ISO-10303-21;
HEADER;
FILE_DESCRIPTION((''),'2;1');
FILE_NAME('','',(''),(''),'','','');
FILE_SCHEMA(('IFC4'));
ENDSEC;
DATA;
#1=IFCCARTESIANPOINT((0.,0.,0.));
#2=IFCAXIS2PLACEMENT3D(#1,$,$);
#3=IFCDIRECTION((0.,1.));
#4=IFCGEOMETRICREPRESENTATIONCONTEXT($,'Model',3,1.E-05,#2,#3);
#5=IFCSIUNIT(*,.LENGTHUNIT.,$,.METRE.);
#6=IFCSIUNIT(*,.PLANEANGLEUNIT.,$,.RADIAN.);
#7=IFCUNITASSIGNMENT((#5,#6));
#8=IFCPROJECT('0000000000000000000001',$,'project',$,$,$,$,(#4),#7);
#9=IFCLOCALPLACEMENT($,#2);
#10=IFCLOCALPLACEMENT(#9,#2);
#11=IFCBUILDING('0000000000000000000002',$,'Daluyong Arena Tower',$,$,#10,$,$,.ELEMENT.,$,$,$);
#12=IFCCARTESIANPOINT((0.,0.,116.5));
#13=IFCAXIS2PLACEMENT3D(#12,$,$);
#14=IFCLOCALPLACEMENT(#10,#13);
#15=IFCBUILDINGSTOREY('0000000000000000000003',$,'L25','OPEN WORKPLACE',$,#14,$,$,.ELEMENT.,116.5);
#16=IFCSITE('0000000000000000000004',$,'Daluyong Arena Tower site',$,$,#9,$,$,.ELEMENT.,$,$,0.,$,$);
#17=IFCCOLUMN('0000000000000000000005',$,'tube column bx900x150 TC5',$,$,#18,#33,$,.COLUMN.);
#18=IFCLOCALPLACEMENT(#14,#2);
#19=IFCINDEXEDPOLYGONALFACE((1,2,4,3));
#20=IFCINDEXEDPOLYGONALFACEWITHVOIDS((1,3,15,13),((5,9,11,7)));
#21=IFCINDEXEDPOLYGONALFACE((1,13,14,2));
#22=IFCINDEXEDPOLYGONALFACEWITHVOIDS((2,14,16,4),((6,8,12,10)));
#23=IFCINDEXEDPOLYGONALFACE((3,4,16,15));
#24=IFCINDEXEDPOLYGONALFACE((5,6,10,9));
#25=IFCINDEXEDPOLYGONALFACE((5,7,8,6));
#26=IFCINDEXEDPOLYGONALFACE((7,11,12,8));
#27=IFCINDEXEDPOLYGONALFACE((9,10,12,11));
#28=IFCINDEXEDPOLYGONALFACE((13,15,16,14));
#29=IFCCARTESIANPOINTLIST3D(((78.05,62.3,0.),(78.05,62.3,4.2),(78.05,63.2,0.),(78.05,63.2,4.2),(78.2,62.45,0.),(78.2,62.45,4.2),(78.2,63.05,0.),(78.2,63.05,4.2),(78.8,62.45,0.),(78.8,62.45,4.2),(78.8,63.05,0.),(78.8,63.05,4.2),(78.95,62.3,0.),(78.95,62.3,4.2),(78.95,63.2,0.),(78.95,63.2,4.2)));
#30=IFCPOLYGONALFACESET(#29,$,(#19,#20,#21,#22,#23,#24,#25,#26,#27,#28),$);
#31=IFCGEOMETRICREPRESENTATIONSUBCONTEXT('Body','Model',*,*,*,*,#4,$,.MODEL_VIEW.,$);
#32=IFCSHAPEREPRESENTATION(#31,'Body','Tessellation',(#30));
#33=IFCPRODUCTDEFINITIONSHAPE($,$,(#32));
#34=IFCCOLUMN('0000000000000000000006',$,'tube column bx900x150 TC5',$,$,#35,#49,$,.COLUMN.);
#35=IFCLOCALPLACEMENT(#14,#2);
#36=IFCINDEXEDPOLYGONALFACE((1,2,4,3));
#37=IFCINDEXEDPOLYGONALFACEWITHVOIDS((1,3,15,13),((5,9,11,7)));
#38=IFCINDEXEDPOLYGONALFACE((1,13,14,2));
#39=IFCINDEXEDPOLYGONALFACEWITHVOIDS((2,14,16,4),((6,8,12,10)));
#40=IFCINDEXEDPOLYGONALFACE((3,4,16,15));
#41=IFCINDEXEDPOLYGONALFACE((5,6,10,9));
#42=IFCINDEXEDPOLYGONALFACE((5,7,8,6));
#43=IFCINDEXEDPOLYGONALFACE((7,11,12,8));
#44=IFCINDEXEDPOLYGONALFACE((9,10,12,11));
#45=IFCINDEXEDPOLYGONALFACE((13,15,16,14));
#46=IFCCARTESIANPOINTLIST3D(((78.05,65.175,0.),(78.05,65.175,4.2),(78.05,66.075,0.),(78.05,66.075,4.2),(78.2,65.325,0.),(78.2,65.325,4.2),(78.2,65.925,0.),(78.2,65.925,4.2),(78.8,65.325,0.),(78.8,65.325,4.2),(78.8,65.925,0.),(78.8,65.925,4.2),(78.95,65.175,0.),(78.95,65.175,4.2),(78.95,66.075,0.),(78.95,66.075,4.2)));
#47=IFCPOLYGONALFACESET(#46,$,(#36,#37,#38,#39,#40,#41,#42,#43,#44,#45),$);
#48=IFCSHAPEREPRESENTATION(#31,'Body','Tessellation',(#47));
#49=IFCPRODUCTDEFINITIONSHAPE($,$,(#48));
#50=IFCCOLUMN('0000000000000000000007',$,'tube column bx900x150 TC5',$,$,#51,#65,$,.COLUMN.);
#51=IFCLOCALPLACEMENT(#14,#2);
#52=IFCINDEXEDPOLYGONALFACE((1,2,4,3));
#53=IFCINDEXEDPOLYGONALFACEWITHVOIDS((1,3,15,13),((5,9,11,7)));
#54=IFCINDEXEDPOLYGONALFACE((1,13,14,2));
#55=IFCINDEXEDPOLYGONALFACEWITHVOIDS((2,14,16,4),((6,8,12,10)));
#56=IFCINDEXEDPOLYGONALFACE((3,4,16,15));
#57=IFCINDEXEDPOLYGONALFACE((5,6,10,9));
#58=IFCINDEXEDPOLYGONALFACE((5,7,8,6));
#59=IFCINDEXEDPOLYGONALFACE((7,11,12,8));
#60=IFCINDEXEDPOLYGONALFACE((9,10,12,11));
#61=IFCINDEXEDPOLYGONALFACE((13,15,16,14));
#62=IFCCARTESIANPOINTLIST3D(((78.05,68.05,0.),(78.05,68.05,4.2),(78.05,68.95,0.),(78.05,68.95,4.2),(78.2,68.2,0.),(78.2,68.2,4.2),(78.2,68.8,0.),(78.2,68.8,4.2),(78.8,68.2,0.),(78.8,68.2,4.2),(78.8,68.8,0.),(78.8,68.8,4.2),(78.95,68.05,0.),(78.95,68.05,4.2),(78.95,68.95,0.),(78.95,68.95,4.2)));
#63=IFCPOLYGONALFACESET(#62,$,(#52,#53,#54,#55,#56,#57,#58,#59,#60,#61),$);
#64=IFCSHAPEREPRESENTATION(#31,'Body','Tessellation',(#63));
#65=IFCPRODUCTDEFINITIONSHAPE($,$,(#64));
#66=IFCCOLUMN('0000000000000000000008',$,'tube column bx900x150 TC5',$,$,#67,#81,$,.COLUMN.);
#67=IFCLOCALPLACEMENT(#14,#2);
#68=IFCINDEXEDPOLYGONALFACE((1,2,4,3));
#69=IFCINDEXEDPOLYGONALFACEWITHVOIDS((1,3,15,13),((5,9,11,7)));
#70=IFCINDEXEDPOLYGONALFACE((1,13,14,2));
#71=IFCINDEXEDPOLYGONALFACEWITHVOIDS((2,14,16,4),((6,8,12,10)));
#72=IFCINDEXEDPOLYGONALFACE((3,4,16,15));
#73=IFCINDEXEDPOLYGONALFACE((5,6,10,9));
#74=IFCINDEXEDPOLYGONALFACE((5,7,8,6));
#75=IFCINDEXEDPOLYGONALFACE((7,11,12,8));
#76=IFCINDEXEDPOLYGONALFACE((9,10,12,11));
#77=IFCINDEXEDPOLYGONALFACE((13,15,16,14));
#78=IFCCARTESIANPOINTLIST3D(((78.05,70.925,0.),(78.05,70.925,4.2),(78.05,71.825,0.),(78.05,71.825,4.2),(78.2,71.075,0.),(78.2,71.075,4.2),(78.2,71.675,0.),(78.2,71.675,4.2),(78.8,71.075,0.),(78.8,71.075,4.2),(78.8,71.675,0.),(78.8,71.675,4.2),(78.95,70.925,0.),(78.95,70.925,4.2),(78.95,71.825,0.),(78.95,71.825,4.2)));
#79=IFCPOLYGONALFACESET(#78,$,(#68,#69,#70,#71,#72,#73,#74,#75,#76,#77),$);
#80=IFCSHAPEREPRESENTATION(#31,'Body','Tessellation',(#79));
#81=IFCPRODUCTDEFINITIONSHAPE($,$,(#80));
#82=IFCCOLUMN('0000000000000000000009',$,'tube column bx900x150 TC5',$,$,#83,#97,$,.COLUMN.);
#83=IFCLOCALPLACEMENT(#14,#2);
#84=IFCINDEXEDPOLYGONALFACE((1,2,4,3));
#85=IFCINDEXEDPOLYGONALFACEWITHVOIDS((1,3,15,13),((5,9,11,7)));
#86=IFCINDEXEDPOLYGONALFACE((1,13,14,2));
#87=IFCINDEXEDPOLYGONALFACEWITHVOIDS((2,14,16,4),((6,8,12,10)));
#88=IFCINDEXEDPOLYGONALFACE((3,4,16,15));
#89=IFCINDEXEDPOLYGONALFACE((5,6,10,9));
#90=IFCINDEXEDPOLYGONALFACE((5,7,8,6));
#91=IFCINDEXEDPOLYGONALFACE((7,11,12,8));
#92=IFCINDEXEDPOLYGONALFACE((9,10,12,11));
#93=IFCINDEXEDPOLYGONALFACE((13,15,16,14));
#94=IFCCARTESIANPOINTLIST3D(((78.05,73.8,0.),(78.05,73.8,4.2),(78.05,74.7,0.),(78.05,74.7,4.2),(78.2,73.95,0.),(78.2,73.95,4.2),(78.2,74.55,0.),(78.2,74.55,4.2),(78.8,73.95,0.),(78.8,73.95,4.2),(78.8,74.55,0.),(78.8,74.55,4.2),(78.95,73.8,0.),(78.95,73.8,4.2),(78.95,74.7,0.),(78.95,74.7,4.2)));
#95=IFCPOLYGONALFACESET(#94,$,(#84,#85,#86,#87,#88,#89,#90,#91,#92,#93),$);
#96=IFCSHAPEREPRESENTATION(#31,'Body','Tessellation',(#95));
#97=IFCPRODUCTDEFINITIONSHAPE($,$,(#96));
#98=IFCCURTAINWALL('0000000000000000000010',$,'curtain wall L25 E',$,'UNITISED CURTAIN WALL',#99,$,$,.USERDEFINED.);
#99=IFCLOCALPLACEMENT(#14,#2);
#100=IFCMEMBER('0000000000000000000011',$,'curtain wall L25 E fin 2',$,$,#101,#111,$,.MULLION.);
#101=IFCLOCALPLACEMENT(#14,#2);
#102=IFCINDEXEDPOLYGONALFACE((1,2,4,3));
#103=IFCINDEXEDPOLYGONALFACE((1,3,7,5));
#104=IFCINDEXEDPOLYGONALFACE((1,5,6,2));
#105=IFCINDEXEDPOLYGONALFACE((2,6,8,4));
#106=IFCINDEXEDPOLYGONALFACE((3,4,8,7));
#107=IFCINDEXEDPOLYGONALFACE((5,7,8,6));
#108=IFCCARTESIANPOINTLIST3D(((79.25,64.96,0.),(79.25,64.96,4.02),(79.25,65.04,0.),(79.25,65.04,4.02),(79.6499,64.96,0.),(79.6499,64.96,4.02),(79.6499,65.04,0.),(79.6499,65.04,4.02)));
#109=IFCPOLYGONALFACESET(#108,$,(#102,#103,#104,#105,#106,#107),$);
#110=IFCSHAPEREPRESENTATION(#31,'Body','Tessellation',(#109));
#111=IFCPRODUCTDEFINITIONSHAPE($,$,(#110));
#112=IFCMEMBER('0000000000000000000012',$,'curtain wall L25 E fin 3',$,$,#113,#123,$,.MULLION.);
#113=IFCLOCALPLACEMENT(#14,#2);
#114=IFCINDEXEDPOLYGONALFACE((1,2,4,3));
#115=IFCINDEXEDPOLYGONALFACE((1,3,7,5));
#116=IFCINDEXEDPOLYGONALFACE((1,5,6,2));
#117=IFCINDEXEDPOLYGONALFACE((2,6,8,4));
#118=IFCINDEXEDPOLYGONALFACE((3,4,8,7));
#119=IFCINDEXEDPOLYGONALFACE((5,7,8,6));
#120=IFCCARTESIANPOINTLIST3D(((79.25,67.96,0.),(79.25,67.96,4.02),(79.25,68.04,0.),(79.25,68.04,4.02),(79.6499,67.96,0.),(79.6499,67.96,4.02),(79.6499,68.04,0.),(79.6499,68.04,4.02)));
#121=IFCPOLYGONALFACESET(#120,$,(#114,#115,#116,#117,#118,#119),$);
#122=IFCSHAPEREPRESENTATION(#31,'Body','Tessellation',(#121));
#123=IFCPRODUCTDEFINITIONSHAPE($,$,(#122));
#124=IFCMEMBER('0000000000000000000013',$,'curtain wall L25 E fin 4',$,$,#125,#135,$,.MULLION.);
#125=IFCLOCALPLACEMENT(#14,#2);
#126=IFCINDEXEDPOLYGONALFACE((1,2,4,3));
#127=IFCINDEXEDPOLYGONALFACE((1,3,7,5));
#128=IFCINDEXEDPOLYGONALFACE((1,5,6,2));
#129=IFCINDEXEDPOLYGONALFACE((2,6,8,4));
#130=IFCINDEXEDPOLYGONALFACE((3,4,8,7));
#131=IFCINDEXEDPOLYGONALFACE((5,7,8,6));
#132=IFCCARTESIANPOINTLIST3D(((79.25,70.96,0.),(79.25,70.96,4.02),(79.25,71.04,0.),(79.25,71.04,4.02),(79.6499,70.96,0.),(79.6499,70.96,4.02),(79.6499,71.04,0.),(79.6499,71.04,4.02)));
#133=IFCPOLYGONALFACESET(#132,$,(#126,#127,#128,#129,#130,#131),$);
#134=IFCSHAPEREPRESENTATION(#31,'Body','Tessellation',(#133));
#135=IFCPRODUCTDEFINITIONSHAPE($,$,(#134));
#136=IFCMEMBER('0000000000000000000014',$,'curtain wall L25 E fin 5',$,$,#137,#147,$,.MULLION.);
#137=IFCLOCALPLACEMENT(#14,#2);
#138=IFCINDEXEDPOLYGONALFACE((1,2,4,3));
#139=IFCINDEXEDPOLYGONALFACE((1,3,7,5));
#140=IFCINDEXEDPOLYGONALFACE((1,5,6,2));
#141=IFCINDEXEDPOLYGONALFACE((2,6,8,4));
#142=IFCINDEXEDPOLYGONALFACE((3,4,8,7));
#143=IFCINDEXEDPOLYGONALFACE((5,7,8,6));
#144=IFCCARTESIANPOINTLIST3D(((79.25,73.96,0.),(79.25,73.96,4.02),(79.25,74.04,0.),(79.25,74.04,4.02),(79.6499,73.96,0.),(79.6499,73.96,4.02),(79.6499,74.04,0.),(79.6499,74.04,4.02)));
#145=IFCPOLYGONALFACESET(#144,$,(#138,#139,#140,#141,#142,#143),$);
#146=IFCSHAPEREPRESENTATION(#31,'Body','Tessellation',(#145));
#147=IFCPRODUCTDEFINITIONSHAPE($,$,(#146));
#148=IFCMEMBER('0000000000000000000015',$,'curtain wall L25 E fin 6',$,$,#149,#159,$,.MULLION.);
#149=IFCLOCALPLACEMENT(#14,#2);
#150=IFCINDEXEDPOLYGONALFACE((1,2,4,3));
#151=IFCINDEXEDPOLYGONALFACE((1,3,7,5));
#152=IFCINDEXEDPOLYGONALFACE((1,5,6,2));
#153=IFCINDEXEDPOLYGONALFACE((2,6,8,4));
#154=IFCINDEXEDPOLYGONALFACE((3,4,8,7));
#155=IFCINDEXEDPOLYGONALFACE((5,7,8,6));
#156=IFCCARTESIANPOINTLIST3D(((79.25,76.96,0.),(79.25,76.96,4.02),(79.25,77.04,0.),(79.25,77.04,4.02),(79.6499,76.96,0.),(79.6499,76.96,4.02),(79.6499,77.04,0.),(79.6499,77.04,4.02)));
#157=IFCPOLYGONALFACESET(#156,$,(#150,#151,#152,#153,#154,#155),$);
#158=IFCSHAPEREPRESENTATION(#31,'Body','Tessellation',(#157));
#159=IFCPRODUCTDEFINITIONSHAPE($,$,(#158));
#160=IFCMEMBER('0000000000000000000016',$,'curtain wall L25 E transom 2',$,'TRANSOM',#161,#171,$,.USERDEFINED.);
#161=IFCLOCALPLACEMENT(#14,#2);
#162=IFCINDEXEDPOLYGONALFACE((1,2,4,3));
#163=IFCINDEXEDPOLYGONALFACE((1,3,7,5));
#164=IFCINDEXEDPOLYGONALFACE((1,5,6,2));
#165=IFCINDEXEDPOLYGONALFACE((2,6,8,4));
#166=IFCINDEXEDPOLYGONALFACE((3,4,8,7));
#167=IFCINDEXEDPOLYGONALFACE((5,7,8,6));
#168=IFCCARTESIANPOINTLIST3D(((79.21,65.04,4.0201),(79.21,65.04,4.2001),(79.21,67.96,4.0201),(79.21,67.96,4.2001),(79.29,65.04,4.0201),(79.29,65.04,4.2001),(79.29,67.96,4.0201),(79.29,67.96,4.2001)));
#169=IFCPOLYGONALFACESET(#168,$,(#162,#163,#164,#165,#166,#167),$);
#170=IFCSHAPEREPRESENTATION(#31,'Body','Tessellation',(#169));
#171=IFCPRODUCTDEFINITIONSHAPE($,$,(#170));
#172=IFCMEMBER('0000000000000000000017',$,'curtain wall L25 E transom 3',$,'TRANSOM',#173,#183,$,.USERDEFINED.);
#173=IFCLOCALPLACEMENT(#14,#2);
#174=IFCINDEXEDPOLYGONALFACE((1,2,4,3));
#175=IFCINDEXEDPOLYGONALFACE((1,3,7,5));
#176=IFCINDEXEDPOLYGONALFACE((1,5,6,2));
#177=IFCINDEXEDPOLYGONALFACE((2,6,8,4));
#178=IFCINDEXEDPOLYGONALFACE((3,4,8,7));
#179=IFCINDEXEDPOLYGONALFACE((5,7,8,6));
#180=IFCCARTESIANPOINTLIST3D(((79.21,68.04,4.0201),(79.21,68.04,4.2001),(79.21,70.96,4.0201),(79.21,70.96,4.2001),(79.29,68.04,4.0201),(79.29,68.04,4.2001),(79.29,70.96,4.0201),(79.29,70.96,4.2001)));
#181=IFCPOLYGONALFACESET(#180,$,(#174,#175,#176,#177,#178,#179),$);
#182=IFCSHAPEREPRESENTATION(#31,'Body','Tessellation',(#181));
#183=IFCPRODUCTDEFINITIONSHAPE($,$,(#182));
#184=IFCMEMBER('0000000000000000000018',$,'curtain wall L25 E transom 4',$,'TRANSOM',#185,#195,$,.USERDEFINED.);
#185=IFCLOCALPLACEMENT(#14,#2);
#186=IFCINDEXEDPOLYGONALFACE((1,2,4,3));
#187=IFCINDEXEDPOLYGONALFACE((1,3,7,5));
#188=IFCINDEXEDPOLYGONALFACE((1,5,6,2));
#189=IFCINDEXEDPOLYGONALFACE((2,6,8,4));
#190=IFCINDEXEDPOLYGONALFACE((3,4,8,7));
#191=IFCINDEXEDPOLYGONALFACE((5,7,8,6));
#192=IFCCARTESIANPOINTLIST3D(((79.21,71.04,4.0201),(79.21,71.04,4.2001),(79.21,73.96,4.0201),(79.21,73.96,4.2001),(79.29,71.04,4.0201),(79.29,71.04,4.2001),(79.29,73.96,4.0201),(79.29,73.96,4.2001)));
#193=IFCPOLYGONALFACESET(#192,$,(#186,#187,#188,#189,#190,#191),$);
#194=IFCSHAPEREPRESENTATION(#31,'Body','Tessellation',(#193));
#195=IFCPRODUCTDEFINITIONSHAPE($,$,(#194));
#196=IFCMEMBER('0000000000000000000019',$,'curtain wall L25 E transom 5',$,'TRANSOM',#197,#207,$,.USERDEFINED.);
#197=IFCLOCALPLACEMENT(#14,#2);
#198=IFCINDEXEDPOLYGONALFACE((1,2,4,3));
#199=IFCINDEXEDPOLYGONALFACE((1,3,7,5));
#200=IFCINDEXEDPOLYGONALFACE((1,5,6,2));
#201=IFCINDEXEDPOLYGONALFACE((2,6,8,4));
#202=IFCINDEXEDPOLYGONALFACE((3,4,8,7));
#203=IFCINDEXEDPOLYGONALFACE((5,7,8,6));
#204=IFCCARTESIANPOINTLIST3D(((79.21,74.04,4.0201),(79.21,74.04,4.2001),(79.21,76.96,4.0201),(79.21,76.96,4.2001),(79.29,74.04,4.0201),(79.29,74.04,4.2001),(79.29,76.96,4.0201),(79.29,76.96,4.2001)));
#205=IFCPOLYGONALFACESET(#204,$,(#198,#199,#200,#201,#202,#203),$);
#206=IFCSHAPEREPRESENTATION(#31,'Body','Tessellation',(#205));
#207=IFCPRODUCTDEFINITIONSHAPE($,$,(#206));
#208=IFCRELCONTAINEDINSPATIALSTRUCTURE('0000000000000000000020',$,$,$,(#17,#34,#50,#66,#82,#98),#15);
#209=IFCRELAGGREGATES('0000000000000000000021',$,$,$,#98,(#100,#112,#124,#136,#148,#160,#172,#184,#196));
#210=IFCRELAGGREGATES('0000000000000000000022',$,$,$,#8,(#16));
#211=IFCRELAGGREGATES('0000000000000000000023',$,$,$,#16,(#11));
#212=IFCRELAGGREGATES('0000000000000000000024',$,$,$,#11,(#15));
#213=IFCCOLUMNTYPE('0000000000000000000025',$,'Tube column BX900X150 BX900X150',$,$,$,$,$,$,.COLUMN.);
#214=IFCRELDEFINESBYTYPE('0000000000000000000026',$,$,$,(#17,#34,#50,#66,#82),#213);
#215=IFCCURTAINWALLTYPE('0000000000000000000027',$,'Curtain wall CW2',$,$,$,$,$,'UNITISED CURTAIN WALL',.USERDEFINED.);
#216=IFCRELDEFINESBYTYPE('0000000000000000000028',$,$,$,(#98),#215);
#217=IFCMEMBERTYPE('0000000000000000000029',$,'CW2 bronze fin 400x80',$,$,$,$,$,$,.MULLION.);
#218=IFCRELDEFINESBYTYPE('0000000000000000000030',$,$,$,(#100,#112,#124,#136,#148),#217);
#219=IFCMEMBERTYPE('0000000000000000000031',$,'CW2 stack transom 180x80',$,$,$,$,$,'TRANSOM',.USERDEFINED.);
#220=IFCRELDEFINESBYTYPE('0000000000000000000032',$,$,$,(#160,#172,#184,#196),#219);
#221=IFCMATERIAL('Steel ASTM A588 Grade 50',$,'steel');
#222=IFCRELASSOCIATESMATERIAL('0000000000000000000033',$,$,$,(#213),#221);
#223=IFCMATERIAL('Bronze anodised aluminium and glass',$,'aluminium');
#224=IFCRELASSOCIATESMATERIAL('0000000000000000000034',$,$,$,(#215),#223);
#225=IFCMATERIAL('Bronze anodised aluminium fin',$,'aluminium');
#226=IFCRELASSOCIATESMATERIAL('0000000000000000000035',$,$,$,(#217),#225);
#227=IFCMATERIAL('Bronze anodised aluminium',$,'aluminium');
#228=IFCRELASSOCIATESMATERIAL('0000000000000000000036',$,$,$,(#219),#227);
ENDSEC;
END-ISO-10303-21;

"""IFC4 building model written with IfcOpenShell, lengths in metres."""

from ifc_helpers import new_model, si_unit, direction, frame, origin, origin_2d, place, context, subcontext, project, spatial, rectangle, hollow_rectangle, extrude, material, material_profile, profile_set, type_object, element, aggregate, save


model = new_model("IFC4")

# Units and contexts
model_context = context("Model", 3, precision=1e-05, world=origin(), true_north=direction((0.0, 1.0)))
body_context = subcontext(model_context, "Body", "Model", "MODEL_VIEW")
ifc_project = project(units=[si_unit("LENGTHUNIT", "METRE"), si_unit("PLANEANGLEUNIT", "RADIAN")], contexts=[model_context])

# Site, building, storey
site_placement = place(None, origin())
site = spatial("IfcSite", under=ifc_project, at=site_placement, Name="Daluyong Arena Tower site", CompositionType="ELEMENT", RefElevation=0.0)
building_placement = place(site_placement, origin())
building = spatial("IfcBuilding", under=site, at=building_placement, Name="Daluyong Arena Tower", CompositionType="ELEMENT")
storey_placement = place(building_placement, frame((0.0, 0.0, 116.5)))
storey = spatial("IfcBuildingStorey", under=building, at=storey_placement, Name="L25", Description="OPEN WORKPLACE", CompositionType="ELEMENT", Elevation=116.5)

# Columns
ifc_material_1 = material(Name="Steel ASTM A588 Grade 50", Category="steel")
ifc_material_profile_1 = material_profile(ifc_material_1, hollow_rectangle(XDim=0.8999, YDim=0.8999, WallThickness=0.15, at=origin_2d()))
ifc_profile_set_1 = profile_set([ifc_material_profile_1], Name="Steel ASTM A588 Grade 50")
column_type = type_object("IfcColumnType", Name="Tube column BX900X150 BX900X150", PredefinedType="COLUMN", material=ifc_profile_set_1)
for number, where, z_axis, x_axis, name in (
    (1, (78.5, 62.75, 0.0), (0.0, 0.0, 1.0), (0.0, 1.0, 0.0), "tube column bx900x150 TC5"),
    (2, (78.5, 65.625, 0.0), (0.0, 0.0, 1.0), (0.0, 1.0, 0.0), "tube column bx900x150 TC5"),
    (3, (78.5, 68.5, 0.0), (0.0, 0.0, 1.0), (0.0, 1.0, 0.0), "tube column bx900x150 TC5"),
    (4, (78.5, 71.375, 0.0), (0.0, 0.0, 1.0), (0.0, 1.0, 0.0), "tube column bx900x150 TC5"),
    (5, (78.5, 74.25, 0.0), (0.0, 0.0, 1.0), (0.0, 1.0, 0.0), "tube column bx900x150 TC5"),
):
    element("IfcColumn", number, at=place(storey_placement, frame(where, z_axis=z_axis, x_axis=x_axis)), inside=storey, type_object=column_type, Name=name, PredefinedType="COLUMN", context=body_context, shape_type="SweptSolid", body=[
        extrude(hollow_rectangle(XDim=0.8999, YDim=0.8999, WallThickness=0.15, at=origin_2d()), origin(), (0.0, 0.0, 1.0), 4.2),
    ])

# Curtain wall, members
ifc_material_2 = material(Name="Bronze anodised aluminium and glass", Category="aluminium")
curtain_wall_type = type_object("IfcCurtainWallType", Name="Curtain wall CW2", ElementType="UNITISED CURTAIN WALL", PredefinedType="USERDEFINED", material=ifc_material_2)
curtain_wall_placement = place(storey_placement, origin())
curtain_wall = element("IfcCurtainWall", 6, at=curtain_wall_placement, inside=storey, type_object=curtain_wall_type, Name="curtain wall L25 E", ObjectType="UNITISED CURTAIN WALL", PredefinedType="USERDEFINED")
ifc_material_3 = material(Name="Bronze anodised aluminium fin", Category="aluminium")
ifc_material_profile_2 = material_profile(ifc_material_3, rectangle(XDim=0.3999, YDim=0.0801, at=origin_2d()))
ifc_profile_set_2 = profile_set([ifc_material_profile_2], Name="Bronze anodised aluminium fin")
member_type_1 = type_object("IfcMemberType", Name="CW2 bronze fin 400x80", PredefinedType="MULLION", material=ifc_profile_set_2)
member_1_placement = place(storey_placement, frame((79.45, 65.0, 0.0), z_axis=(0.0, 0.0, 1.0), x_axis=(-1.0, 0.0, 0.0)))
member_1 = element("IfcMember", 7, at=member_1_placement, type_object=member_type_1, Name="curtain wall L25 E fin 2", PredefinedType="MULLION", context=body_context, shape_type="SweptSolid", body=[
    extrude(rectangle(XDim=0.3999, YDim=0.0801, at=origin_2d()), origin(), (0.0, 0.0, 1.0), 4.02),
])
member_2_placement = place(storey_placement, frame((79.45, 68.0, 0.0), z_axis=(0.0, 0.0, 1.0), x_axis=(-1.0, 0.0, 0.0)))
member_2 = element("IfcMember", 8, at=member_2_placement, type_object=member_type_1, Name="curtain wall L25 E fin 3", PredefinedType="MULLION", context=body_context, shape_type="SweptSolid", body=[
    extrude(rectangle(XDim=0.3999, YDim=0.0801, at=origin_2d()), origin(), (0.0, 0.0, 1.0), 4.02),
])
member_3_placement = place(storey_placement, frame((79.45, 71.0, 0.0), z_axis=(0.0, 0.0, 1.0), x_axis=(-1.0, 0.0, 0.0)))
member_3 = element("IfcMember", 9, at=member_3_placement, type_object=member_type_1, Name="curtain wall L25 E fin 4", PredefinedType="MULLION", context=body_context, shape_type="SweptSolid", body=[
    extrude(rectangle(XDim=0.3999, YDim=0.0801, at=origin_2d()), origin(), (0.0, 0.0, 1.0), 4.02),
])
member_4_placement = place(storey_placement, frame((79.45, 74.0, 0.0), z_axis=(0.0, 0.0, 1.0), x_axis=(-1.0, 0.0, 0.0)))
member_4 = element("IfcMember", 10, at=member_4_placement, type_object=member_type_1, Name="curtain wall L25 E fin 5", PredefinedType="MULLION", context=body_context, shape_type="SweptSolid", body=[
    extrude(rectangle(XDim=0.3999, YDim=0.0801, at=origin_2d()), origin(), (0.0, 0.0, 1.0), 4.02),
])
member_5_placement = place(storey_placement, frame((79.45, 77.0, 0.0), z_axis=(0.0, 0.0, 1.0), x_axis=(-1.0, 0.0, 0.0)))
member_5 = element("IfcMember", 11, at=member_5_placement, type_object=member_type_1, Name="curtain wall L25 E fin 6", PredefinedType="MULLION", context=body_context, shape_type="SweptSolid", body=[
    extrude(rectangle(XDim=0.3999, YDim=0.0801, at=origin_2d()), origin(), (0.0, 0.0, 1.0), 4.02),
])
ifc_material_4 = material(Name="Bronze anodised aluminium", Category="aluminium")
ifc_material_profile_3 = material_profile(ifc_material_4, rectangle(XDim=0.0801, YDim=0.1799, at=origin_2d()))
ifc_profile_set_3 = profile_set([ifc_material_profile_3], Name="Bronze anodised aluminium")
member_type_2 = type_object("IfcMemberType", Name="CW2 stack transom 180x80", ElementType="TRANSOM", PredefinedType="USERDEFINED", material=ifc_profile_set_3)
member_6_placement = place(storey_placement, frame((79.25, 65.04, 4.1101), z_axis=(0.0, 1.0, 0.0), x_axis=(-1.0, 0.0, 0.0)))
member_6 = element("IfcMember", 12, at=member_6_placement, type_object=member_type_2, Name="curtain wall L25 E transom 2", ObjectType="TRANSOM", PredefinedType="USERDEFINED", context=body_context, shape_type="SweptSolid", body=[
    extrude(rectangle(XDim=0.0801, YDim=0.1799, at=origin_2d()), origin(), (0.0, 0.0, 1.0), 2.9199),
])
member_7_placement = place(storey_placement, frame((79.25, 68.04, 4.1101), z_axis=(0.0, 1.0, 0.0), x_axis=(-1.0, 0.0, 0.0)))
member_7 = element("IfcMember", 13, at=member_7_placement, type_object=member_type_2, Name="curtain wall L25 E transom 3", ObjectType="TRANSOM", PredefinedType="USERDEFINED", context=body_context, shape_type="SweptSolid", body=[
    extrude(rectangle(XDim=0.0801, YDim=0.1799, at=origin_2d()), origin(), (0.0, 0.0, 1.0), 2.9199),
])
member_8_placement = place(storey_placement, frame((79.25, 71.04, 4.1101), z_axis=(0.0, 1.0, 0.0), x_axis=(-1.0, 0.0, 0.0)))
member_8 = element("IfcMember", 14, at=member_8_placement, type_object=member_type_2, Name="curtain wall L25 E transom 4", ObjectType="TRANSOM", PredefinedType="USERDEFINED", context=body_context, shape_type="SweptSolid", body=[
    extrude(rectangle(XDim=0.0801, YDim=0.1799, at=origin_2d()), origin(), (0.0, 0.0, 1.0), 2.9199),
])
member_9_placement = place(storey_placement, frame((79.25, 74.04, 4.1101), z_axis=(0.0, 1.0, 0.0), x_axis=(-1.0, 0.0, 0.0)))
member_9 = element("IfcMember", 15, at=member_9_placement, type_object=member_type_2, Name="curtain wall L25 E transom 5", ObjectType="TRANSOM", PredefinedType="USERDEFINED", context=body_context, shape_type="SweptSolid", body=[
    extrude(rectangle(XDim=0.0801, YDim=0.1799, at=origin_2d()), origin(), (0.0, 0.0, 1.0), 2.9199),
])

aggregate(curtain_wall, [member_1, member_2, member_3, member_4, member_5, member_6, member_7, member_8, member_9])

save(model, "model.ifc")
